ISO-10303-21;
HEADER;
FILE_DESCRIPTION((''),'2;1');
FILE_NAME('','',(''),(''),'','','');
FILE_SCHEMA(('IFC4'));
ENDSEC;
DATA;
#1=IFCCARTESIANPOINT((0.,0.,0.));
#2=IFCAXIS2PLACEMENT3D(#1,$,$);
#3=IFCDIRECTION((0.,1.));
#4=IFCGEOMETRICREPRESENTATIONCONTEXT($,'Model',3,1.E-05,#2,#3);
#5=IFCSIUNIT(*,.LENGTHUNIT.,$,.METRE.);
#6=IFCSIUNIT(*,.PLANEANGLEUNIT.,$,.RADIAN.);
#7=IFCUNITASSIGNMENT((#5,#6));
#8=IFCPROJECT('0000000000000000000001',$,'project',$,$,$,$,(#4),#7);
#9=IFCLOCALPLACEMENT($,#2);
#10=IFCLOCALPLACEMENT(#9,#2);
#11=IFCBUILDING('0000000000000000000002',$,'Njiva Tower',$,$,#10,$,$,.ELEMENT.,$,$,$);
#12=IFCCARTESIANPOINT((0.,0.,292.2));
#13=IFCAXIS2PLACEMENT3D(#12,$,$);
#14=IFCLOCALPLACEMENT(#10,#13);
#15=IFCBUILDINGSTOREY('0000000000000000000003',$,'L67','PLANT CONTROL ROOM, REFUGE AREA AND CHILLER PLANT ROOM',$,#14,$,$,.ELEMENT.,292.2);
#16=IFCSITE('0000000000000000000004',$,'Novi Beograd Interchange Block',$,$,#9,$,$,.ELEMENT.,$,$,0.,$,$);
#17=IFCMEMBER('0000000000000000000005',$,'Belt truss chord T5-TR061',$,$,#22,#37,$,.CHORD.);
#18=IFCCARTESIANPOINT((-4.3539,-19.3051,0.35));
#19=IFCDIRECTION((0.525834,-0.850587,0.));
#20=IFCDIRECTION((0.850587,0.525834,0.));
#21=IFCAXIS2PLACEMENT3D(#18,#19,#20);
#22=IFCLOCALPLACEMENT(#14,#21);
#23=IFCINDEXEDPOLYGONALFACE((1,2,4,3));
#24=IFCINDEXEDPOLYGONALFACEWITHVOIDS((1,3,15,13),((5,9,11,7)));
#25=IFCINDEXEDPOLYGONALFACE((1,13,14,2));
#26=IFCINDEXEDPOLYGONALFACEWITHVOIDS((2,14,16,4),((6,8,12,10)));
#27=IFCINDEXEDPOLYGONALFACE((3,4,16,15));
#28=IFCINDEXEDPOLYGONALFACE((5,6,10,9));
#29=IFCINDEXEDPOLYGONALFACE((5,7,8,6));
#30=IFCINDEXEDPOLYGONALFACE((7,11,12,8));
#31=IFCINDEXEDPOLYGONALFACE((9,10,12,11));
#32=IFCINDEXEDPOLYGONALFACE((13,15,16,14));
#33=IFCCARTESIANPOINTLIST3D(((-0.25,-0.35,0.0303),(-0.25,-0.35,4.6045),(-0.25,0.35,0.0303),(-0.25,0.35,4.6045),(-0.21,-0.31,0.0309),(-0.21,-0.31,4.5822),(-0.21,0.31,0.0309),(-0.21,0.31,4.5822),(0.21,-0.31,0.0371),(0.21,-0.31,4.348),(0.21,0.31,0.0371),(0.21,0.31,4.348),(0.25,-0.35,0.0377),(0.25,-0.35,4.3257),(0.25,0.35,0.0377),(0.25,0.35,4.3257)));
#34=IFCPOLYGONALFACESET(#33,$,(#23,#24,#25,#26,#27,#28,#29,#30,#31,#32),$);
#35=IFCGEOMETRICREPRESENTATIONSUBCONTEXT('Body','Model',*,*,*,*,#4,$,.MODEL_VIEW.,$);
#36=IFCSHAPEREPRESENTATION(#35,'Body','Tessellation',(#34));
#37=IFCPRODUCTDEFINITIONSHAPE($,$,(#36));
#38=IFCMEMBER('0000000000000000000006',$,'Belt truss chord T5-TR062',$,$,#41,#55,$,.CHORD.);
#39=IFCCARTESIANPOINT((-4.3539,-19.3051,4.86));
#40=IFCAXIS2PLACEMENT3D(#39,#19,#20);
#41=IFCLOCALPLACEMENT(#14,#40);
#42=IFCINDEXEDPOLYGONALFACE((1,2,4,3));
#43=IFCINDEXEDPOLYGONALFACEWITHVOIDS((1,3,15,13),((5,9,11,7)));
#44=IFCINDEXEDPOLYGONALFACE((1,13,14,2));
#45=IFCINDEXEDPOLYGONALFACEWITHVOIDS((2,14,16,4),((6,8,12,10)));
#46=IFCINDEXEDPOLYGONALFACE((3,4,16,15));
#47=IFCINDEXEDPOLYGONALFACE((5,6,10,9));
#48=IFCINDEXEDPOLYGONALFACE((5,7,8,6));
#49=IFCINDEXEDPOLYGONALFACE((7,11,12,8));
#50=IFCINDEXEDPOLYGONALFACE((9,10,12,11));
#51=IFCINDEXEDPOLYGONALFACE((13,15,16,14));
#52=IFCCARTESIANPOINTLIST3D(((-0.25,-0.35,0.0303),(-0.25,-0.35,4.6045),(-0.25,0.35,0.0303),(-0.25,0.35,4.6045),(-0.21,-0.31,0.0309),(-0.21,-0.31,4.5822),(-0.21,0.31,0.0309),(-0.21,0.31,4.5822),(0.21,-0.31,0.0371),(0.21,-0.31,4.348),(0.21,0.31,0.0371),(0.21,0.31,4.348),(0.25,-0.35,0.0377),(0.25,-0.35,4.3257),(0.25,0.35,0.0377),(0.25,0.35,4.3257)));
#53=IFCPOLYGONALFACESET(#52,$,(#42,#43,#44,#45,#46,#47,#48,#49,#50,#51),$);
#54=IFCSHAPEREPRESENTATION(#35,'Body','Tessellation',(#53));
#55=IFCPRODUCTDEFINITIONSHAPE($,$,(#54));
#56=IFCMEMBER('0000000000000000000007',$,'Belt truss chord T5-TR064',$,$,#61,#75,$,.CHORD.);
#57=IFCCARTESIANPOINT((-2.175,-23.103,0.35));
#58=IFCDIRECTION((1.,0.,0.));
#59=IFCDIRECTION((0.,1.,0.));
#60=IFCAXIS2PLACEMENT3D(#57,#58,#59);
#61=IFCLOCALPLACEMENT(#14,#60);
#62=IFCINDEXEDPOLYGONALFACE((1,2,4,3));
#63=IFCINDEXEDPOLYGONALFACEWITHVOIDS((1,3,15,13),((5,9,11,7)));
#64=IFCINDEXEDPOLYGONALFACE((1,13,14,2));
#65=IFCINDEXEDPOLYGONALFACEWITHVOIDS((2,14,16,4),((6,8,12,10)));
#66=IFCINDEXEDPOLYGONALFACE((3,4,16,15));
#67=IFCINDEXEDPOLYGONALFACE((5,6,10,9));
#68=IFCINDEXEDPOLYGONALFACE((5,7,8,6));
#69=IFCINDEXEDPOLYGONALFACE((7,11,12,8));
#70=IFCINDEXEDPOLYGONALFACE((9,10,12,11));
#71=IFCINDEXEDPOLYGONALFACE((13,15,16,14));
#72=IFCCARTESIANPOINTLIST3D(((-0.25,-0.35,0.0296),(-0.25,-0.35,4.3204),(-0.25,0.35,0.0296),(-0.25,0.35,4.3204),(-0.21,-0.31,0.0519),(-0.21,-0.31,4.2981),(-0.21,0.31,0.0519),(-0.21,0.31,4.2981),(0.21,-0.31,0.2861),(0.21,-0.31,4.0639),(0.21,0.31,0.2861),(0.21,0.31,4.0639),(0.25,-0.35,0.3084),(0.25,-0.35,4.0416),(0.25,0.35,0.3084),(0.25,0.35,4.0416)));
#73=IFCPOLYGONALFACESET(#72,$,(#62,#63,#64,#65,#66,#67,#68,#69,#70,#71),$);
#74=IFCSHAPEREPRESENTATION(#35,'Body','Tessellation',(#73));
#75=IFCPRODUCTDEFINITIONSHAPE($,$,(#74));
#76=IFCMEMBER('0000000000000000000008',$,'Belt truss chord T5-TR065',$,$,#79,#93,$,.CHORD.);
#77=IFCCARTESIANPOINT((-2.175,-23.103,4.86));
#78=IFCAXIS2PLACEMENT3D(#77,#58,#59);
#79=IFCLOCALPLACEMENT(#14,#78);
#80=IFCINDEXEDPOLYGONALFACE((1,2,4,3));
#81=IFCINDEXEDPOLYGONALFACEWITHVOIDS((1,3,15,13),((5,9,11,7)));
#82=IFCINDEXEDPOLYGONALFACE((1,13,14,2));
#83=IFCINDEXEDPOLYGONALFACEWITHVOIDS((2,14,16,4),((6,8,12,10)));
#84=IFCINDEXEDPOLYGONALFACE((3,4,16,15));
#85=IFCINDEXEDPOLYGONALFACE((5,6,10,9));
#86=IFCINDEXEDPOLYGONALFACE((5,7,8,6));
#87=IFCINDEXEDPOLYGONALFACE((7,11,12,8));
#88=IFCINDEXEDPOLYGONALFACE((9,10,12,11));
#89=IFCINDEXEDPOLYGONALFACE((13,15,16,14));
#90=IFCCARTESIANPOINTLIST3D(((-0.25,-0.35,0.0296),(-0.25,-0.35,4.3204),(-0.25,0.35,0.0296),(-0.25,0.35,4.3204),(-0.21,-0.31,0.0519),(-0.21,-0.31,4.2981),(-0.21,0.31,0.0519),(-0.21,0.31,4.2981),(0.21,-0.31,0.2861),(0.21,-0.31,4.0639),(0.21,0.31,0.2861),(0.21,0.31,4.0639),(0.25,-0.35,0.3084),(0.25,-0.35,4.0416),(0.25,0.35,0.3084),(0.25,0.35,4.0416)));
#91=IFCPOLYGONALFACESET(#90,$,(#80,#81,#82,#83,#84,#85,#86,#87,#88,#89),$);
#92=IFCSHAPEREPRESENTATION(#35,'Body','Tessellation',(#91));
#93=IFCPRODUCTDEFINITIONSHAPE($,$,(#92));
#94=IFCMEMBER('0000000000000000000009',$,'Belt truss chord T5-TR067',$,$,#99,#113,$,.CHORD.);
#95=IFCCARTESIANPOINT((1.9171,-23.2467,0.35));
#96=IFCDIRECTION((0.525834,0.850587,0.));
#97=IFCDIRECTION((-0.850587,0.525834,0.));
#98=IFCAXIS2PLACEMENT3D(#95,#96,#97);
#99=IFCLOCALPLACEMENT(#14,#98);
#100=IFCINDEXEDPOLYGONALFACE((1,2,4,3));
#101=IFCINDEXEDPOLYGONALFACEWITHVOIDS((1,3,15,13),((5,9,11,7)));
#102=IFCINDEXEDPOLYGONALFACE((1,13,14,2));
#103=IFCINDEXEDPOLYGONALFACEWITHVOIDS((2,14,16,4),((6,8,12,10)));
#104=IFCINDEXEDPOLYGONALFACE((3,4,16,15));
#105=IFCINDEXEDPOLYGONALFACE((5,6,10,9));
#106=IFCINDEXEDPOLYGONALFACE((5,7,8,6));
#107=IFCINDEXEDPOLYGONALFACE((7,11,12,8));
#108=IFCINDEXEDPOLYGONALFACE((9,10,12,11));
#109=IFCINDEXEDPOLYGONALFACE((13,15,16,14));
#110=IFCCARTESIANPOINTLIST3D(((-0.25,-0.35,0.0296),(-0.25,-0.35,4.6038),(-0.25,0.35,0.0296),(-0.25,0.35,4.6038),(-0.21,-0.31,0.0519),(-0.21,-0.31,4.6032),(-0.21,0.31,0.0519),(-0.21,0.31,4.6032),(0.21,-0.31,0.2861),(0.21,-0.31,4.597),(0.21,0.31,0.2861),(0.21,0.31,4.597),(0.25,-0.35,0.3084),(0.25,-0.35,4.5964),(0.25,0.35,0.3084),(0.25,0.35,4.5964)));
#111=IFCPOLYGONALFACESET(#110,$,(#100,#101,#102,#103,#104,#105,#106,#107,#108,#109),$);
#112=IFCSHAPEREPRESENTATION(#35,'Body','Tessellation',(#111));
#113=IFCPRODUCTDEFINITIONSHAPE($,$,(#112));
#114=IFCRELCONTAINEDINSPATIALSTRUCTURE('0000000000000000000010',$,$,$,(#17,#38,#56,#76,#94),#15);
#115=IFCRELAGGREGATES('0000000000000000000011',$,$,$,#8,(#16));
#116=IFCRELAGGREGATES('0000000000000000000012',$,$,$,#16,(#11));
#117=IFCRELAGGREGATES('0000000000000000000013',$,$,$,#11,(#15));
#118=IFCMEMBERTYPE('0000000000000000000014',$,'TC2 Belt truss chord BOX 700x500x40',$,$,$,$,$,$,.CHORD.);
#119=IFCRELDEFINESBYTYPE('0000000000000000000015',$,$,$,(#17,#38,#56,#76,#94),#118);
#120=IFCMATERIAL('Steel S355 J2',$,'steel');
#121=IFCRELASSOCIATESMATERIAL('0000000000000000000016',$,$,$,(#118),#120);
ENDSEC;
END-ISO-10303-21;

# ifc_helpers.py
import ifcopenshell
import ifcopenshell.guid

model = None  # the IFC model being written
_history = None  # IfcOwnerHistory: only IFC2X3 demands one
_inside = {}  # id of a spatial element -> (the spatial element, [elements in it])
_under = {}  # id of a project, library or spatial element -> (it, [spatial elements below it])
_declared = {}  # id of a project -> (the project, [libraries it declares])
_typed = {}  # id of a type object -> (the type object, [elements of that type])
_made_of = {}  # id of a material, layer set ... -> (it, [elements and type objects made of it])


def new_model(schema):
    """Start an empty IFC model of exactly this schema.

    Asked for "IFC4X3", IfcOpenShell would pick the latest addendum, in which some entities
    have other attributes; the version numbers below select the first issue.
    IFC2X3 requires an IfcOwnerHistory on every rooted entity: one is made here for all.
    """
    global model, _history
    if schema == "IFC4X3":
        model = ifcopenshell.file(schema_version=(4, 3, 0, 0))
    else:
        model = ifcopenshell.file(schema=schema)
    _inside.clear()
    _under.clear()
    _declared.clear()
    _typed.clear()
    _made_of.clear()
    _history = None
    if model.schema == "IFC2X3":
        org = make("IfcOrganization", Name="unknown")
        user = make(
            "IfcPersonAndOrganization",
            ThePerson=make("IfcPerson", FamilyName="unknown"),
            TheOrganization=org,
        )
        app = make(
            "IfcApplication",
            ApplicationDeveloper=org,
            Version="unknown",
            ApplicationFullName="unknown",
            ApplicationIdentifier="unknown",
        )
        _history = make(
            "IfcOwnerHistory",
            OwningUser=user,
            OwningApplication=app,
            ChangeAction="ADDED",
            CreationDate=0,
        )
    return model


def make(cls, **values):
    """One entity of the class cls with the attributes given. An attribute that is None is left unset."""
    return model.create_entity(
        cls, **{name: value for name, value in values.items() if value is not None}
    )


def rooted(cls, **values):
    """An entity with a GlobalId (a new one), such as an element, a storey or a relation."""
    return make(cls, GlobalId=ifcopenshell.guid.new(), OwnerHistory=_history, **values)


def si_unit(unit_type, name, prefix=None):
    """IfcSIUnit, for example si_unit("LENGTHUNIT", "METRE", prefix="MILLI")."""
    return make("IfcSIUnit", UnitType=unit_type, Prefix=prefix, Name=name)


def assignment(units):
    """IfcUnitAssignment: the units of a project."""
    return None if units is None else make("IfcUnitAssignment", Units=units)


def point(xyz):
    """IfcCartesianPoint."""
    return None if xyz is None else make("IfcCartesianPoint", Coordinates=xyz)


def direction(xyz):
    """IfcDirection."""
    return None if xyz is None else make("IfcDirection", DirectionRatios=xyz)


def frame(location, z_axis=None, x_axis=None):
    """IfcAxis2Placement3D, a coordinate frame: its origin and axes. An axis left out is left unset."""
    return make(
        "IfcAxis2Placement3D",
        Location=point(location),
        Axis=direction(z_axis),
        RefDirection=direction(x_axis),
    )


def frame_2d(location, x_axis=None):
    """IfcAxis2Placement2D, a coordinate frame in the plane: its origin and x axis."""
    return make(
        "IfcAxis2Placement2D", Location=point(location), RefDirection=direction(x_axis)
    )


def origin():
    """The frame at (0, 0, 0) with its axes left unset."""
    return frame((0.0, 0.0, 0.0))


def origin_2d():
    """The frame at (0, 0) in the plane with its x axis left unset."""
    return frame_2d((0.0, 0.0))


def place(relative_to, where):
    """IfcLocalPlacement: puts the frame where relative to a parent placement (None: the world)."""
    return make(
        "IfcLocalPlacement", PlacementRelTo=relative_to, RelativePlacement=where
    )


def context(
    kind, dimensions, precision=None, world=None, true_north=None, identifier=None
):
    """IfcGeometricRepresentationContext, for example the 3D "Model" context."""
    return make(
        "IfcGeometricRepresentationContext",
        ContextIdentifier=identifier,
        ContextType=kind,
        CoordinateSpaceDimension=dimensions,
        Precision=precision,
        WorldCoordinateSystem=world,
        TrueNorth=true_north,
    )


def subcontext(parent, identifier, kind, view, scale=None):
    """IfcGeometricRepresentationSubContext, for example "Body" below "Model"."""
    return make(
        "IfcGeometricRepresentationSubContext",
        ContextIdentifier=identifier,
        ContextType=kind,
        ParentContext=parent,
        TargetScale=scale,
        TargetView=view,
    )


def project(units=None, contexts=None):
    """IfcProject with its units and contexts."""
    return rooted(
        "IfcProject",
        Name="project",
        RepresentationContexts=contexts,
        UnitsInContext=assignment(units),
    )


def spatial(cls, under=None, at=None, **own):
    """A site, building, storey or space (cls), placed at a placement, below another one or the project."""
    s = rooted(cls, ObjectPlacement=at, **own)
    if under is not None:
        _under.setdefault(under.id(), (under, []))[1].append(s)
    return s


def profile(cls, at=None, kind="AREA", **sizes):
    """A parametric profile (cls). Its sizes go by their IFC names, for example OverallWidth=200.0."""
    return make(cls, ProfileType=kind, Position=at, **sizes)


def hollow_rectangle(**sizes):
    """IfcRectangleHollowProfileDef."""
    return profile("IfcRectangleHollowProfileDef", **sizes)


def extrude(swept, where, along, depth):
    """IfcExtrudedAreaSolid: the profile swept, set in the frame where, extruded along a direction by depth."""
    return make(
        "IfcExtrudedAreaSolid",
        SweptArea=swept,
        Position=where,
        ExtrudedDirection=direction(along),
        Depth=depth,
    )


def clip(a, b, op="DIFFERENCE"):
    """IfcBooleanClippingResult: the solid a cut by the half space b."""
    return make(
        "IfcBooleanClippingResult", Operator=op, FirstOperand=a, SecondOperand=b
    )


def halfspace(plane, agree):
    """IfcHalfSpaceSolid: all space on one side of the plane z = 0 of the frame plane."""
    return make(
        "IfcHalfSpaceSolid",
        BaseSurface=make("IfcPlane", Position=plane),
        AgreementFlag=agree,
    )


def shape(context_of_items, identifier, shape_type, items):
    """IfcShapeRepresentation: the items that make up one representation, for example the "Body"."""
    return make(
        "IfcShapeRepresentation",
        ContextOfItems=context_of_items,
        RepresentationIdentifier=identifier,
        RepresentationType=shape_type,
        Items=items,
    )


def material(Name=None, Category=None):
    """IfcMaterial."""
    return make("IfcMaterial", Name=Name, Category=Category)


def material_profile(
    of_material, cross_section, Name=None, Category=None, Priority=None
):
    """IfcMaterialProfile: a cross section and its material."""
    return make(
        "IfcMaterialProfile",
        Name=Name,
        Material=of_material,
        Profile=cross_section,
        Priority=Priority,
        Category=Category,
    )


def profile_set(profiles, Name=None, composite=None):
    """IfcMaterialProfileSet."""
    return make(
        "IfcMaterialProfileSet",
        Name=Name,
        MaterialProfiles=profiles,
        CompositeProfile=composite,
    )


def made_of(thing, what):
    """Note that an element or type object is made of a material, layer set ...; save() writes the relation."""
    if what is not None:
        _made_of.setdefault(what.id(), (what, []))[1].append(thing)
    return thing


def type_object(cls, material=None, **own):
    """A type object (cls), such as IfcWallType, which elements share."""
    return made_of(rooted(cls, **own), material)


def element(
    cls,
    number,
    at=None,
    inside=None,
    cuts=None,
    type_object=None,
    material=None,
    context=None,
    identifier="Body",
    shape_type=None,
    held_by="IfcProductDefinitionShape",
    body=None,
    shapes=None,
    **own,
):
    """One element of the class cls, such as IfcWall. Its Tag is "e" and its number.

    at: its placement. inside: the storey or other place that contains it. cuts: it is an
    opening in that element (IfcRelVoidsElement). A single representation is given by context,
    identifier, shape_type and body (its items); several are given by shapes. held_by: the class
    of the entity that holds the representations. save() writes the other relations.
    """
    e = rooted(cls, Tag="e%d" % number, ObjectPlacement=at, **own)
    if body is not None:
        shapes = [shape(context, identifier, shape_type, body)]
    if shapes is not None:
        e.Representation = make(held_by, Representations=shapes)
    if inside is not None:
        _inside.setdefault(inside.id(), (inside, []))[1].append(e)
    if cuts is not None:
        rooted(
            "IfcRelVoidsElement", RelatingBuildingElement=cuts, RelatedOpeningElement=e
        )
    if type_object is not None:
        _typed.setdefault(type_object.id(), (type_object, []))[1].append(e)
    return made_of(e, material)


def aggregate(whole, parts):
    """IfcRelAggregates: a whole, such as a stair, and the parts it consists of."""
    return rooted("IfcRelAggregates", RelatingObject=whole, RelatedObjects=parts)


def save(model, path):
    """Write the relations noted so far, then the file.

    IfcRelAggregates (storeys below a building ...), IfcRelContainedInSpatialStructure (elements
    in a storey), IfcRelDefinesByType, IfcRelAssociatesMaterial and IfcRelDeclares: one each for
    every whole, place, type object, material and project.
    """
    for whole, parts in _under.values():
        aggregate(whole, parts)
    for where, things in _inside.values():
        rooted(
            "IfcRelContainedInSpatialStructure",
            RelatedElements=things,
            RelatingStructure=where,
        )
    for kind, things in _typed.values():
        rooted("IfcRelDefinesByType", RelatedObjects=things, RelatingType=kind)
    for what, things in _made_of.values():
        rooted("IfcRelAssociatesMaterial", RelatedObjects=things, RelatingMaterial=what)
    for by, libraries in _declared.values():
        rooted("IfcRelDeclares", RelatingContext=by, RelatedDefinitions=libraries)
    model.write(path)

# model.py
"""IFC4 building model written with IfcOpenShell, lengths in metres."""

from ifc_helpers import new_model, si_unit, direction, frame, origin, origin_2d, place, context, subcontext, project, spatial, hollow_rectangle, extrude, clip, halfspace, material, material_profile, profile_set, type_object, element, save


model = new_model("IFC4")

# Units and contexts
model_context = context("Model", 3, precision=1e-05, world=origin(), true_north=direction((0.0, 1.0)))
body_context = subcontext(model_context, "Body", "Model", "MODEL_VIEW")
ifc_project = project(units=[si_unit("LENGTHUNIT", "METRE"), si_unit("PLANEANGLEUNIT", "RADIAN")], contexts=[model_context])

# Site, building, storey
site_placement = place(None, origin())
site = spatial("IfcSite", under=ifc_project, at=site_placement, Name="Novi Beograd Interchange Block", CompositionType="ELEMENT", RefElevation=0.0)
building_placement = place(site_placement, origin())
building = spatial("IfcBuilding", under=site, at=building_placement, Name="Njiva Tower", CompositionType="ELEMENT")
storey_placement = place(building_placement, frame((0.0, 0.0, 292.2)))
storey = spatial("IfcBuildingStorey", under=building, at=storey_placement, Name="L67", Description="PLANT CONTROL ROOM, REFUGE AREA AND CHILLER PLANT ROOM", CompositionType="ELEMENT", Elevation=292.2)

# Shared definitions
ifc_material_1 = material(Name="Steel S355 J2", Category="steel")

# Members
ifc_material_profile_1 = material_profile(ifc_material_1, hollow_rectangle(XDim=0.5, YDim=0.7, WallThickness=0.04, at=origin_2d()), Name="BOX 700x500x40")
ifc_profile_set_1 = profile_set([ifc_material_profile_1], Name="Steel S355 J2")
member_type_1 = type_object("IfcMemberType", Name="TC2 Belt truss chord BOX 700x500x40", PredefinedType="CHORD", material=ifc_profile_set_1)
member_1_placement = place(storey_placement, frame((-4.3539, -19.3051, 0.35), z_axis=(0.525834, -0.850587, 0.0), x_axis=(0.850587, 0.525834, 0.0)))
element("IfcMember", 1, at=member_1_placement, inside=storey, type_object=member_type_1, Name="Belt truss chord T5-TR061", PredefinedType="CHORD", context=body_context, shape_type="Clipping", body=[
    clip(clip(extrude(hollow_rectangle(XDim=0.5, YDim=0.7, WallThickness=0.04, at=origin_2d()), origin(), (0.0, 0.0, 1.0), 4.6341), halfspace(frame((0.0, -292.55, 0.034), z_axis=(0.014992, 0.0, -0.999888), x_axis=(0.0, -1.0, 0.0)), False)), halfspace(frame((0.0, -292.55, 4.4651), z_axis=(0.486913, 0.0, 0.873451), x_axis=(0.0, 1.0, 0.0)), False)),
])
member_2_placement = place(storey_placement, frame((-4.3539, -19.3051, 4.86), z_axis=(0.525834, -0.850587, 0.0), x_axis=(0.850587, 0.525834, 0.0)))
element("IfcMember", 2, at=member_2_placement, inside=storey, type_object=member_type_1, Name="Belt truss chord T5-TR062", PredefinedType="CHORD", context=body_context, shape_type="Clipping", body=[
    clip(clip(extrude(hollow_rectangle(XDim=0.5, YDim=0.7, WallThickness=0.04, at=origin_2d()), origin(), (0.0, 0.0, 1.0), 4.6341), halfspace(frame((0.0, -297.06, 0.034), z_axis=(0.014992, 0.0, -0.999888), x_axis=(0.0, -1.0, 0.0)), False)), halfspace(frame((0.0, -297.06, 4.4651), z_axis=(0.486913, 0.0, 0.873451), x_axis=(0.0, 1.0, 0.0)), False)),
])
member_3_placement = place(storey_placement, frame((-2.175, -23.103, 0.35), z_axis=(1.0, 0.0, 0.0), x_axis=(0.0, 1.0, 0.0)))
element("IfcMember", 3, at=member_3_placement, inside=storey, type_object=member_type_1, Name="Belt truss chord T5-TR064", PredefinedType="CHORD", context=body_context, shape_type="Clipping", body=[
    clip(clip(extrude(hollow_rectangle(XDim=0.5, YDim=0.7, WallThickness=0.04, at=origin_2d()), origin(), (0.0, 0.0, 1.0), 4.35), halfspace(frame((0.0, -292.55, 0.169), z_axis=(0.486911, 0.0, -0.873452), x_axis=(0.0, -1.0, 0.0)), False)), halfspace(frame((0.0, -292.55, 4.181), z_axis=(0.486911, 0.0, 0.873452), x_axis=(0.0, 1.0, 0.0)), False)),
])
member_4_placement = place(storey_placement, frame((-2.175, -23.103, 4.86), z_axis=(1.0, 0.0, 0.0), x_axis=(0.0, 1.0, 0.0)))
element("IfcMember", 4, at=member_4_placement, inside=storey, type_object=member_type_1, Name="Belt truss chord T5-TR065", PredefinedType="CHORD", context=body_context, shape_type="Clipping", body=[
    clip(clip(extrude(hollow_rectangle(XDim=0.5, YDim=0.7, WallThickness=0.04, at=origin_2d()), origin(), (0.0, 0.0, 1.0), 4.35), halfspace(frame((0.0, -297.06, 0.169), z_axis=(0.486911, 0.0, -0.873452), x_axis=(0.0, -1.0, 0.0)), False)), halfspace(frame((0.0, -297.06, 4.181), z_axis=(0.486911, 0.0, 0.873452), x_axis=(0.0, 1.0, 0.0)), False)),
])
member_5_placement = place(storey_placement, frame((1.9171, -23.2467, 0.35), z_axis=(0.525834, 0.850587, 0.0), x_axis=(-0.850587, 0.525834, 0.0)))
element("IfcMember", 5, at=member_5_placement, inside=storey, type_object=member_type_1, Name="Belt truss chord T5-TR067", PredefinedType="CHORD", context=body_context, shape_type="Clipping", body=[
    clip(clip(extrude(hollow_rectangle(XDim=0.5, YDim=0.7, WallThickness=0.04, at=origin_2d()), origin(), (0.0, 0.0, 1.0), 4.6341), halfspace(frame((0.0, -292.55, 0.169), z_axis=(0.486913, 0.0, -0.873451), x_axis=(0.0, -1.0, 0.0)), False)), halfspace(frame((0.0, -292.55, 4.6001), z_axis=(0.014992, 0.0, 0.999888), x_axis=(0.0, 1.0, 0.0)), False)),
])

save(model, "model.ifc")
